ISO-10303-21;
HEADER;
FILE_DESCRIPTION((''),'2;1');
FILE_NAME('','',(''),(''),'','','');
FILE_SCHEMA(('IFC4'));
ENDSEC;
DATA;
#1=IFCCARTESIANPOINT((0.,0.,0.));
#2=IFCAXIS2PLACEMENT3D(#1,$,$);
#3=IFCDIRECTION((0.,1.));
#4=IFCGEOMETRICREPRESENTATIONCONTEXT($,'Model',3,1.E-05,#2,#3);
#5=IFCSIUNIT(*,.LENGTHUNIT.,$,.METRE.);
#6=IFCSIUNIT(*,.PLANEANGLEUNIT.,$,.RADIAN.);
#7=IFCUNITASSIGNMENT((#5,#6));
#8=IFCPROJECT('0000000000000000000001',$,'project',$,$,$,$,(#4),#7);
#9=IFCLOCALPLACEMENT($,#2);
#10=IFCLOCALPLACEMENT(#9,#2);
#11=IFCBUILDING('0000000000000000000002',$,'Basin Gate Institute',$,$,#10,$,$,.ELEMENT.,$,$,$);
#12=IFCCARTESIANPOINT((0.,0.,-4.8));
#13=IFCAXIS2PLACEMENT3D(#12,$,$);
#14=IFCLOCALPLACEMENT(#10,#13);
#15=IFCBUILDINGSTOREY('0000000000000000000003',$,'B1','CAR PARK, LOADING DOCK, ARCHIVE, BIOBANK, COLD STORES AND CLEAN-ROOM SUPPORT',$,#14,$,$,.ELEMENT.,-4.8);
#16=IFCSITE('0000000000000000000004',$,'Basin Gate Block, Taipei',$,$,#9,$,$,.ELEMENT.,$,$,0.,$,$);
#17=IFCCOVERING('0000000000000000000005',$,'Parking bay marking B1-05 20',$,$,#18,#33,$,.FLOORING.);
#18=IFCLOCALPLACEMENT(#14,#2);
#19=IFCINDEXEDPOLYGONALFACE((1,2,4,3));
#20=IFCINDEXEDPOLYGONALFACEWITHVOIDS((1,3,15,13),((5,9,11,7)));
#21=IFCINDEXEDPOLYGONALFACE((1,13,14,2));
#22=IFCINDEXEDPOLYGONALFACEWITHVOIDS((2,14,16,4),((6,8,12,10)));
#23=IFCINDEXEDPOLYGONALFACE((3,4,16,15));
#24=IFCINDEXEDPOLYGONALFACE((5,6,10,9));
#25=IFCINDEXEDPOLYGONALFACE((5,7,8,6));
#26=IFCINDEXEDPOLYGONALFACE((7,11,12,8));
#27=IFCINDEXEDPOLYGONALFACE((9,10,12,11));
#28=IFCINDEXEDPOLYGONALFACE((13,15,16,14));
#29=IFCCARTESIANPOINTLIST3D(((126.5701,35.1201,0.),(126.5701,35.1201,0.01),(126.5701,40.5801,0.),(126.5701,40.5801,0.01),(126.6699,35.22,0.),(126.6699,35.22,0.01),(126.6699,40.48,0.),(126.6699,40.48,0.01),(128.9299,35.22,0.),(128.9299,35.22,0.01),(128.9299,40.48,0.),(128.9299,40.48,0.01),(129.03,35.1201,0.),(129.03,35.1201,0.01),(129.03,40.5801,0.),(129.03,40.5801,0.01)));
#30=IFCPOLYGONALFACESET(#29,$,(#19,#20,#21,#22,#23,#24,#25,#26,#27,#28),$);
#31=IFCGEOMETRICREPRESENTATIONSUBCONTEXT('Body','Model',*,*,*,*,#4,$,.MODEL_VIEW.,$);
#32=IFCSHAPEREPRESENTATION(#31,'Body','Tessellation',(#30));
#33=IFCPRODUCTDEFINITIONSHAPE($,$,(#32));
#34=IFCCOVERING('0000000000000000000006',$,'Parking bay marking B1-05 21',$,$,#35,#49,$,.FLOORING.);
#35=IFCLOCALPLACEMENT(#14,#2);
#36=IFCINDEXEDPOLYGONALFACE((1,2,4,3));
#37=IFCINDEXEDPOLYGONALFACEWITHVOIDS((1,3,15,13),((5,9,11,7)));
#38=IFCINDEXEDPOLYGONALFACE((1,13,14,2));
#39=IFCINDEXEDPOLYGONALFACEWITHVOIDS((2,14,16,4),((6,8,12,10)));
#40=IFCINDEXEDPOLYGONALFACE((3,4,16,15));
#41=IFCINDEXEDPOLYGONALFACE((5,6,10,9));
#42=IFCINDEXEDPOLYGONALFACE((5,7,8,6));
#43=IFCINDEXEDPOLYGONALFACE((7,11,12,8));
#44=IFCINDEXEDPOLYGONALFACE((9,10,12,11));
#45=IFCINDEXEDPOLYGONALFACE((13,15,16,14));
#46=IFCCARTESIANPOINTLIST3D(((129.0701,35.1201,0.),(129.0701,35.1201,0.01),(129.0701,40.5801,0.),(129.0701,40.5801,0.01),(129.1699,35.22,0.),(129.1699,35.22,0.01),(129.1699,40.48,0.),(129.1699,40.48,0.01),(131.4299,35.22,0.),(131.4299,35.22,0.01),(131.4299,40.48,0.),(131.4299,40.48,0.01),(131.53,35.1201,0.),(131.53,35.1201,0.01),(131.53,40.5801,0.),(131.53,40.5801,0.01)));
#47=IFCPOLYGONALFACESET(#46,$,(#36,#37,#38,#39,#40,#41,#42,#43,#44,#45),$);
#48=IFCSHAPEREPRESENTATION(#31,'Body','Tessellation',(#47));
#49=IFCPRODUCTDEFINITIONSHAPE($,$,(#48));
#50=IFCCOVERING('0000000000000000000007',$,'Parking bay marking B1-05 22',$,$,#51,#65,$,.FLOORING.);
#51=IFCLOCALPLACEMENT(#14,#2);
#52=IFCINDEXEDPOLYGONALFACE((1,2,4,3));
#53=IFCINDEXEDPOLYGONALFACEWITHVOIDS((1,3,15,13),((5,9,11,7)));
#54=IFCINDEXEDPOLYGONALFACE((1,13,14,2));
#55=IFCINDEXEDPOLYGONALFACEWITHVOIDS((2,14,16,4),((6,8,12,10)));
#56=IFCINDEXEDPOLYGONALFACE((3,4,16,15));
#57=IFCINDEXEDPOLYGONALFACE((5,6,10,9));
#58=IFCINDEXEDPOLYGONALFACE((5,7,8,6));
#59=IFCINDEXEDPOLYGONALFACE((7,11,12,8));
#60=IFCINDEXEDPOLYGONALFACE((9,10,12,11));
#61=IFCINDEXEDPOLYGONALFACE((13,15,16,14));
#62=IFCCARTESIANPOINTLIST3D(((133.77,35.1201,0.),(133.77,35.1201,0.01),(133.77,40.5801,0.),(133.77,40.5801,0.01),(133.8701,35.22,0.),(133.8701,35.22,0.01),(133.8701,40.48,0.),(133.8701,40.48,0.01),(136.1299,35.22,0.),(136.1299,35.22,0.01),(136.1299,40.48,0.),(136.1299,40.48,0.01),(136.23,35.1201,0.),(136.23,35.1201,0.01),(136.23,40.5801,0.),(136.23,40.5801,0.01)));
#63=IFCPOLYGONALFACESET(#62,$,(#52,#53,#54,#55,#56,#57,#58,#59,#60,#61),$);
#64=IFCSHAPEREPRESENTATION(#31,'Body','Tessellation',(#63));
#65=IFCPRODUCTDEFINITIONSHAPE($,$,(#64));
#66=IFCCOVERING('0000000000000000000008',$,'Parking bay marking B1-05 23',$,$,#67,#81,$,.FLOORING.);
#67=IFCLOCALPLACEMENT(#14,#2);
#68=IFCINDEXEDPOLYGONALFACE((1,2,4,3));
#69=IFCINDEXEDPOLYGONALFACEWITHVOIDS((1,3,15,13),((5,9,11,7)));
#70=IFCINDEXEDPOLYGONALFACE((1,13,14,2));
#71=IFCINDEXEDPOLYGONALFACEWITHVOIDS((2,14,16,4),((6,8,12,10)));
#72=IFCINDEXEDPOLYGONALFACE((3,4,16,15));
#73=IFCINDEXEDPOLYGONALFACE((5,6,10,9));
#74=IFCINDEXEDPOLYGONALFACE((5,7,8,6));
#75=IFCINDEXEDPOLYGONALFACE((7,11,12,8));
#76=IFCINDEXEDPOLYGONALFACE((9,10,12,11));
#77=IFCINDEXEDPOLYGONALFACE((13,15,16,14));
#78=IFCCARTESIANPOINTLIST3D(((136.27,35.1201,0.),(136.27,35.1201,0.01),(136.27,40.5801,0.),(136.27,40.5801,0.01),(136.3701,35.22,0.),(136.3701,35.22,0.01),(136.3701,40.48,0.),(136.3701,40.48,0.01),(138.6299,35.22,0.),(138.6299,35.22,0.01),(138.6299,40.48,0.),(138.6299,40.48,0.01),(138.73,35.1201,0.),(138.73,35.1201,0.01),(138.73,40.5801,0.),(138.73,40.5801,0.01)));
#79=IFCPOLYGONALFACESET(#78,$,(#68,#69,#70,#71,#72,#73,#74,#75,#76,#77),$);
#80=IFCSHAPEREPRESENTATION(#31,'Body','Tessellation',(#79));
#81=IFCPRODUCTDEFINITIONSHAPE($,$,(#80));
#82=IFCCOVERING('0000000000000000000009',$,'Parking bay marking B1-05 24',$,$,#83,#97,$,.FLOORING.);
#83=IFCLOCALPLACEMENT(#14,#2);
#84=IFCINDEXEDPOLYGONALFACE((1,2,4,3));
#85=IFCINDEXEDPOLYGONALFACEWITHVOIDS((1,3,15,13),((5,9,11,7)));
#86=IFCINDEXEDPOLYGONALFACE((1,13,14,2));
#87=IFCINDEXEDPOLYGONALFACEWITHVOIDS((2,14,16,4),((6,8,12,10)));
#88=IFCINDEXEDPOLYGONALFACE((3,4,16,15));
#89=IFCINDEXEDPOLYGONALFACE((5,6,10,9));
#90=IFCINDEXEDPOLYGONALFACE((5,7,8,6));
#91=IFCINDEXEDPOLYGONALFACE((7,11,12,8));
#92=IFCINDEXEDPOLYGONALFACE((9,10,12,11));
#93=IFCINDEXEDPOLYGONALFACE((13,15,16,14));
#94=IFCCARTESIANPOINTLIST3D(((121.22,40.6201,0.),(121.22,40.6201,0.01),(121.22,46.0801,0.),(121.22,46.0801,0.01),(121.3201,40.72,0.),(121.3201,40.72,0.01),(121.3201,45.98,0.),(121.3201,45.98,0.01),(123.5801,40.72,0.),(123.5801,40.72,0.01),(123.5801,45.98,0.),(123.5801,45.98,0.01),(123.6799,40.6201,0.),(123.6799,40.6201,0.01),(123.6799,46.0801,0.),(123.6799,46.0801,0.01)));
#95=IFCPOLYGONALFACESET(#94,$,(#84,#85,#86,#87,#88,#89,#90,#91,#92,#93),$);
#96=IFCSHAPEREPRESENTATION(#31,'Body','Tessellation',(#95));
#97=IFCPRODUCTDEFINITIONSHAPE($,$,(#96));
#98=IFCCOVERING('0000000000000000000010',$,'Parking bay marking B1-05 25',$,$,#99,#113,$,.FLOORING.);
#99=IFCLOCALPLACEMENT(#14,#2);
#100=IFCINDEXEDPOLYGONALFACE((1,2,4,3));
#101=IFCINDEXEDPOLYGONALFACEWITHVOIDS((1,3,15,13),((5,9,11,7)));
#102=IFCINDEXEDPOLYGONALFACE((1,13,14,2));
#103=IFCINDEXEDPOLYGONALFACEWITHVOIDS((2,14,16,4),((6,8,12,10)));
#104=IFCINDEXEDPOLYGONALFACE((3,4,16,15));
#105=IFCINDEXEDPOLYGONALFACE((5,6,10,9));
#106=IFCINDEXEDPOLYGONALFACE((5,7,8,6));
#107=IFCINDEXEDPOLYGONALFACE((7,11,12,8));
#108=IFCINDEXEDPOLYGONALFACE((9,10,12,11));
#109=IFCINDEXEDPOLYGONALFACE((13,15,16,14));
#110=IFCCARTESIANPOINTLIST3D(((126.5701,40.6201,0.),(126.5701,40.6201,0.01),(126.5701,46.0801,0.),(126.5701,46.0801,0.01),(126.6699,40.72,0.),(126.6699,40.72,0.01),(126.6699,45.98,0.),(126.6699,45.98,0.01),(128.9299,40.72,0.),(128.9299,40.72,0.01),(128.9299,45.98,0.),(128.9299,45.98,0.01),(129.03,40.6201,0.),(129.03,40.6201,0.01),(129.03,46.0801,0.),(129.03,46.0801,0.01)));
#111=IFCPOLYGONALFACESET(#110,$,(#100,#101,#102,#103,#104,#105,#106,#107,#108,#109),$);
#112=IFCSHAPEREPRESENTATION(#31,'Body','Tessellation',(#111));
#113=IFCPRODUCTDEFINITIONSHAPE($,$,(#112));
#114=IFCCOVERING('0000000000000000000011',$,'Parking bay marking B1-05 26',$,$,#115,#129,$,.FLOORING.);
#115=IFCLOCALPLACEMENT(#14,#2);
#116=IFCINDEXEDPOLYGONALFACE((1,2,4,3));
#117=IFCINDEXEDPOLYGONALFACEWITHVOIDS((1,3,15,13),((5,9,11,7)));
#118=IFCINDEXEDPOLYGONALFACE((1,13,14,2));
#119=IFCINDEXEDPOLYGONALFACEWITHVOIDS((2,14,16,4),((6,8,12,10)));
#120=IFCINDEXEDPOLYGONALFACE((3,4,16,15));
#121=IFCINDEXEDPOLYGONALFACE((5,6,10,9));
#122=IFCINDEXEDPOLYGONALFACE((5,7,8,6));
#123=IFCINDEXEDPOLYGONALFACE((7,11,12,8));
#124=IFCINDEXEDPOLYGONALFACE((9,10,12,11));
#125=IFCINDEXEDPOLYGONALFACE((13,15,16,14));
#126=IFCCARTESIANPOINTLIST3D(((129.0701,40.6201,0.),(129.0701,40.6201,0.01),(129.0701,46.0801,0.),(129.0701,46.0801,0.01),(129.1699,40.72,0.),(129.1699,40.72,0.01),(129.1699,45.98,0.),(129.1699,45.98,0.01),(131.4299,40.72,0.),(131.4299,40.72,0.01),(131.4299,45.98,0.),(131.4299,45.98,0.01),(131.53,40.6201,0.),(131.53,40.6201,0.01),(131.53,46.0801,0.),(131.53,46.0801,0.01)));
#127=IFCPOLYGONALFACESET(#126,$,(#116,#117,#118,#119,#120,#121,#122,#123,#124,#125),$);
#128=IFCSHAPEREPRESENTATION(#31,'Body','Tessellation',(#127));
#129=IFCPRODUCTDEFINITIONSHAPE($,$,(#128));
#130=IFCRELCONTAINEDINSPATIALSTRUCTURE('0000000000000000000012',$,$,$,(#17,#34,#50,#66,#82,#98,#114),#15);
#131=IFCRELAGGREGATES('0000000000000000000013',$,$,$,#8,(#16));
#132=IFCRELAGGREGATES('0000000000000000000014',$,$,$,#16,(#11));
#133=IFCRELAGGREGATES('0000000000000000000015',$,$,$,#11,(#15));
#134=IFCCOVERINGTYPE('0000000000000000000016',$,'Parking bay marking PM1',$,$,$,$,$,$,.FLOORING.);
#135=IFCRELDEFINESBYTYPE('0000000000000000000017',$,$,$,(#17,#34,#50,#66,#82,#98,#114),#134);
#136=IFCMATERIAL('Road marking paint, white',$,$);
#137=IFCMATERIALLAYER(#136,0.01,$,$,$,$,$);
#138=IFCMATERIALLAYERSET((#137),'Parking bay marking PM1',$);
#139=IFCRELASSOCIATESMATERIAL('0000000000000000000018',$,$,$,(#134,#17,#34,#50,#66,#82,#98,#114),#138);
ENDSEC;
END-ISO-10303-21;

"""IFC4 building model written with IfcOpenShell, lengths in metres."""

from ifc_helpers import new_model, si_unit, direction, frame, origin, place, context, subcontext, project, spatial, polyline, outline, extrude, material, layer, layer_set, type_object, element, save


model = new_model("IFC4")

# Units and contexts
model_context = context("Model", 3, precision=1e-05, world=origin(), true_north=direction((0.0, 1.0)))
body_context = subcontext(model_context, "Body", "Model", "MODEL_VIEW")
ifc_project = project(units=[si_unit("LENGTHUNIT", "METRE"), si_unit("PLANEANGLEUNIT", "RADIAN")], contexts=[model_context])

# Site, building, storey
site_placement = place(None, origin())
site = spatial("IfcSite", under=ifc_project, at=site_placement, Name="Basin Gate Block, Taipei", CompositionType="ELEMENT", RefElevation=0.0)
building_placement = place(site_placement, origin())
building = spatial("IfcBuilding", under=site, at=building_placement, Name="Basin Gate Institute", CompositionType="ELEMENT")
storey_placement = place(building_placement, frame((0.0, 0.0, -4.8)))
storey = spatial("IfcBuildingStorey", under=building, at=storey_placement, Name="B1", Description="CAR PARK, LOADING DOCK, ARCHIVE, BIOBANK, COLD STORES AND CLEAN-ROOM SUPPORT", CompositionType="ELEMENT", Elevation=-4.8)

# Coverings
ifc_material_1 = material(Name="Road marking paint, white")
ifc_layer_1 = layer(ifc_material_1, 0.01)
ifc_layer_set_1 = layer_set([ifc_layer_1], Name="Parking bay marking PM1")
covering_type_1 = type_object("IfcCoveringType", Name="Parking bay marking PM1", PredefinedType="FLOORING", material=ifc_layer_set_1)
covering_1_placement = place(storey_placement, origin())
element("IfcCovering", 1, at=covering_1_placement, inside=storey, type_object=covering_type_1, material=ifc_layer_set_1, Name="Parking bay marking B1-05 20", PredefinedType="FLOORING", context=body_context, shape_type="SweptSolid", body=[
    extrude(outline(polyline([(126.5701, 35.1201), (129.03, 35.1201), (129.03, 40.5801), (126.5701, 40.5801), (126.5701, 35.1201)]), holes=[polyline([(126.6699, 35.22), (128.9299, 35.22), (128.9299, 40.48), (126.6699, 40.48), (126.6699, 35.22)])]), origin(), (0.0, 0.0, 1.0), 0.01),
])
covering_2_placement = place(storey_placement, origin())
element("IfcCovering", 2, at=covering_2_placement, inside=storey, type_object=covering_type_1, material=ifc_layer_set_1, Name="Parking bay marking B1-05 21", PredefinedType="FLOORING", context=body_context, shape_type="SweptSolid", body=[
    extrude(outline(polyline([(129.0701, 35.1201), (131.53, 35.1201), (131.53, 40.5801), (129.0701, 40.5801), (129.0701, 35.1201)]), holes=[polyline([(129.1699, 35.22), (131.4299, 35.22), (131.4299, 40.48), (129.1699, 40.48), (129.1699, 35.22)])]), origin(), (0.0, 0.0, 1.0), 0.01),
])
covering_3_placement = place(storey_placement, origin())
element("IfcCovering", 3, at=covering_3_placement, inside=storey, type_object=covering_type_1, material=ifc_layer_set_1, Name="Parking bay marking B1-05 22", PredefinedType="FLOORING", context=body_context, shape_type="SweptSolid", body=[
    extrude(outline(polyline([(133.77, 35.1201), (136.23, 35.1201), (136.23, 40.5801), (133.77, 40.5801), (133.77, 35.1201)]), holes=[polyline([(133.8701, 35.22), (136.1299, 35.22), (136.1299, 40.48), (133.8701, 40.48), (133.8701, 35.22)])]), origin(), (0.0, 0.0, 1.0), 0.01),
])
covering_4_placement = place(storey_placement, origin())
element("IfcCovering", 4, at=covering_4_placement, inside=storey, type_object=covering_type_1, material=ifc_layer_set_1, Name="Parking bay marking B1-05 23", PredefinedType="FLOORING", context=body_context, shape_type="SweptSolid", body=[
    extrude(outline(polyline([(136.27, 35.1201), (138.73, 35.1201), (138.73, 40.5801), (136.27, 40.5801), (136.27, 35.1201)]), holes=[polyline([(136.3701, 35.22), (138.6299, 35.22), (138.6299, 40.48), (136.3701, 40.48), (136.3701, 35.22)])]), origin(), (0.0, 0.0, 1.0), 0.01),
])
covering_5_placement = place(storey_placement, origin())
element("IfcCovering", 5, at=covering_5_placement, inside=storey, type_object=covering_type_1, material=ifc_layer_set_1, Name="Parking bay marking B1-05 24", PredefinedType="FLOORING", context=body_context, shape_type="SweptSolid", body=[
    extrude(outline(polyline([(121.22, 40.6201), (123.6799, 40.6201), (123.6799, 46.0801), (121.22, 46.0801), (121.22, 40.6201)]), holes=[polyline([(121.3201, 40.72), (123.5801, 40.72), (123.5801, 45.98), (121.3201, 45.98), (121.3201, 40.72)])]), origin(), (0.0, 0.0, 1.0), 0.01),
])
covering_6_placement = place(storey_placement, origin())
element("IfcCovering", 6, at=covering_6_placement, inside=storey, type_object=covering_type_1, material=ifc_layer_set_1, Name="Parking bay marking B1-05 25", PredefinedType="FLOORING", context=body_context, shape_type="SweptSolid", body=[
    extrude(outline(polyline([(126.5701, 40.6201), (129.03, 40.6201), (129.03, 46.0801), (126.5701, 46.0801), (126.5701, 40.6201)]), holes=[polyline([(126.6699, 40.72), (128.9299, 40.72), (128.9299, 45.98), (126.6699, 45.98), (126.6699, 40.72)])]), origin(), (0.0, 0.0, 1.0), 0.01),
])
covering_7_placement = place(storey_placement, origin())
element("IfcCovering", 7, at=covering_7_placement, inside=storey, type_object=covering_type_1, material=ifc_layer_set_1, Name="Parking bay marking B1-05 26", PredefinedType="FLOORING", context=body_context, shape_type="SweptSolid", body=[
    extrude(outline(polyline([(129.0701, 40.6201), (131.53, 40.6201), (131.53, 46.0801), (129.0701, 46.0801), (129.0701, 40.6201)]), holes=[polyline([(129.1699, 40.72), (131.4299, 40.72), (131.4299, 45.98), (129.1699, 45.98), (129.1699, 40.72)])]), origin(), (0.0, 0.0, 1.0), 0.01),
])

save(model, "model.ifc")
